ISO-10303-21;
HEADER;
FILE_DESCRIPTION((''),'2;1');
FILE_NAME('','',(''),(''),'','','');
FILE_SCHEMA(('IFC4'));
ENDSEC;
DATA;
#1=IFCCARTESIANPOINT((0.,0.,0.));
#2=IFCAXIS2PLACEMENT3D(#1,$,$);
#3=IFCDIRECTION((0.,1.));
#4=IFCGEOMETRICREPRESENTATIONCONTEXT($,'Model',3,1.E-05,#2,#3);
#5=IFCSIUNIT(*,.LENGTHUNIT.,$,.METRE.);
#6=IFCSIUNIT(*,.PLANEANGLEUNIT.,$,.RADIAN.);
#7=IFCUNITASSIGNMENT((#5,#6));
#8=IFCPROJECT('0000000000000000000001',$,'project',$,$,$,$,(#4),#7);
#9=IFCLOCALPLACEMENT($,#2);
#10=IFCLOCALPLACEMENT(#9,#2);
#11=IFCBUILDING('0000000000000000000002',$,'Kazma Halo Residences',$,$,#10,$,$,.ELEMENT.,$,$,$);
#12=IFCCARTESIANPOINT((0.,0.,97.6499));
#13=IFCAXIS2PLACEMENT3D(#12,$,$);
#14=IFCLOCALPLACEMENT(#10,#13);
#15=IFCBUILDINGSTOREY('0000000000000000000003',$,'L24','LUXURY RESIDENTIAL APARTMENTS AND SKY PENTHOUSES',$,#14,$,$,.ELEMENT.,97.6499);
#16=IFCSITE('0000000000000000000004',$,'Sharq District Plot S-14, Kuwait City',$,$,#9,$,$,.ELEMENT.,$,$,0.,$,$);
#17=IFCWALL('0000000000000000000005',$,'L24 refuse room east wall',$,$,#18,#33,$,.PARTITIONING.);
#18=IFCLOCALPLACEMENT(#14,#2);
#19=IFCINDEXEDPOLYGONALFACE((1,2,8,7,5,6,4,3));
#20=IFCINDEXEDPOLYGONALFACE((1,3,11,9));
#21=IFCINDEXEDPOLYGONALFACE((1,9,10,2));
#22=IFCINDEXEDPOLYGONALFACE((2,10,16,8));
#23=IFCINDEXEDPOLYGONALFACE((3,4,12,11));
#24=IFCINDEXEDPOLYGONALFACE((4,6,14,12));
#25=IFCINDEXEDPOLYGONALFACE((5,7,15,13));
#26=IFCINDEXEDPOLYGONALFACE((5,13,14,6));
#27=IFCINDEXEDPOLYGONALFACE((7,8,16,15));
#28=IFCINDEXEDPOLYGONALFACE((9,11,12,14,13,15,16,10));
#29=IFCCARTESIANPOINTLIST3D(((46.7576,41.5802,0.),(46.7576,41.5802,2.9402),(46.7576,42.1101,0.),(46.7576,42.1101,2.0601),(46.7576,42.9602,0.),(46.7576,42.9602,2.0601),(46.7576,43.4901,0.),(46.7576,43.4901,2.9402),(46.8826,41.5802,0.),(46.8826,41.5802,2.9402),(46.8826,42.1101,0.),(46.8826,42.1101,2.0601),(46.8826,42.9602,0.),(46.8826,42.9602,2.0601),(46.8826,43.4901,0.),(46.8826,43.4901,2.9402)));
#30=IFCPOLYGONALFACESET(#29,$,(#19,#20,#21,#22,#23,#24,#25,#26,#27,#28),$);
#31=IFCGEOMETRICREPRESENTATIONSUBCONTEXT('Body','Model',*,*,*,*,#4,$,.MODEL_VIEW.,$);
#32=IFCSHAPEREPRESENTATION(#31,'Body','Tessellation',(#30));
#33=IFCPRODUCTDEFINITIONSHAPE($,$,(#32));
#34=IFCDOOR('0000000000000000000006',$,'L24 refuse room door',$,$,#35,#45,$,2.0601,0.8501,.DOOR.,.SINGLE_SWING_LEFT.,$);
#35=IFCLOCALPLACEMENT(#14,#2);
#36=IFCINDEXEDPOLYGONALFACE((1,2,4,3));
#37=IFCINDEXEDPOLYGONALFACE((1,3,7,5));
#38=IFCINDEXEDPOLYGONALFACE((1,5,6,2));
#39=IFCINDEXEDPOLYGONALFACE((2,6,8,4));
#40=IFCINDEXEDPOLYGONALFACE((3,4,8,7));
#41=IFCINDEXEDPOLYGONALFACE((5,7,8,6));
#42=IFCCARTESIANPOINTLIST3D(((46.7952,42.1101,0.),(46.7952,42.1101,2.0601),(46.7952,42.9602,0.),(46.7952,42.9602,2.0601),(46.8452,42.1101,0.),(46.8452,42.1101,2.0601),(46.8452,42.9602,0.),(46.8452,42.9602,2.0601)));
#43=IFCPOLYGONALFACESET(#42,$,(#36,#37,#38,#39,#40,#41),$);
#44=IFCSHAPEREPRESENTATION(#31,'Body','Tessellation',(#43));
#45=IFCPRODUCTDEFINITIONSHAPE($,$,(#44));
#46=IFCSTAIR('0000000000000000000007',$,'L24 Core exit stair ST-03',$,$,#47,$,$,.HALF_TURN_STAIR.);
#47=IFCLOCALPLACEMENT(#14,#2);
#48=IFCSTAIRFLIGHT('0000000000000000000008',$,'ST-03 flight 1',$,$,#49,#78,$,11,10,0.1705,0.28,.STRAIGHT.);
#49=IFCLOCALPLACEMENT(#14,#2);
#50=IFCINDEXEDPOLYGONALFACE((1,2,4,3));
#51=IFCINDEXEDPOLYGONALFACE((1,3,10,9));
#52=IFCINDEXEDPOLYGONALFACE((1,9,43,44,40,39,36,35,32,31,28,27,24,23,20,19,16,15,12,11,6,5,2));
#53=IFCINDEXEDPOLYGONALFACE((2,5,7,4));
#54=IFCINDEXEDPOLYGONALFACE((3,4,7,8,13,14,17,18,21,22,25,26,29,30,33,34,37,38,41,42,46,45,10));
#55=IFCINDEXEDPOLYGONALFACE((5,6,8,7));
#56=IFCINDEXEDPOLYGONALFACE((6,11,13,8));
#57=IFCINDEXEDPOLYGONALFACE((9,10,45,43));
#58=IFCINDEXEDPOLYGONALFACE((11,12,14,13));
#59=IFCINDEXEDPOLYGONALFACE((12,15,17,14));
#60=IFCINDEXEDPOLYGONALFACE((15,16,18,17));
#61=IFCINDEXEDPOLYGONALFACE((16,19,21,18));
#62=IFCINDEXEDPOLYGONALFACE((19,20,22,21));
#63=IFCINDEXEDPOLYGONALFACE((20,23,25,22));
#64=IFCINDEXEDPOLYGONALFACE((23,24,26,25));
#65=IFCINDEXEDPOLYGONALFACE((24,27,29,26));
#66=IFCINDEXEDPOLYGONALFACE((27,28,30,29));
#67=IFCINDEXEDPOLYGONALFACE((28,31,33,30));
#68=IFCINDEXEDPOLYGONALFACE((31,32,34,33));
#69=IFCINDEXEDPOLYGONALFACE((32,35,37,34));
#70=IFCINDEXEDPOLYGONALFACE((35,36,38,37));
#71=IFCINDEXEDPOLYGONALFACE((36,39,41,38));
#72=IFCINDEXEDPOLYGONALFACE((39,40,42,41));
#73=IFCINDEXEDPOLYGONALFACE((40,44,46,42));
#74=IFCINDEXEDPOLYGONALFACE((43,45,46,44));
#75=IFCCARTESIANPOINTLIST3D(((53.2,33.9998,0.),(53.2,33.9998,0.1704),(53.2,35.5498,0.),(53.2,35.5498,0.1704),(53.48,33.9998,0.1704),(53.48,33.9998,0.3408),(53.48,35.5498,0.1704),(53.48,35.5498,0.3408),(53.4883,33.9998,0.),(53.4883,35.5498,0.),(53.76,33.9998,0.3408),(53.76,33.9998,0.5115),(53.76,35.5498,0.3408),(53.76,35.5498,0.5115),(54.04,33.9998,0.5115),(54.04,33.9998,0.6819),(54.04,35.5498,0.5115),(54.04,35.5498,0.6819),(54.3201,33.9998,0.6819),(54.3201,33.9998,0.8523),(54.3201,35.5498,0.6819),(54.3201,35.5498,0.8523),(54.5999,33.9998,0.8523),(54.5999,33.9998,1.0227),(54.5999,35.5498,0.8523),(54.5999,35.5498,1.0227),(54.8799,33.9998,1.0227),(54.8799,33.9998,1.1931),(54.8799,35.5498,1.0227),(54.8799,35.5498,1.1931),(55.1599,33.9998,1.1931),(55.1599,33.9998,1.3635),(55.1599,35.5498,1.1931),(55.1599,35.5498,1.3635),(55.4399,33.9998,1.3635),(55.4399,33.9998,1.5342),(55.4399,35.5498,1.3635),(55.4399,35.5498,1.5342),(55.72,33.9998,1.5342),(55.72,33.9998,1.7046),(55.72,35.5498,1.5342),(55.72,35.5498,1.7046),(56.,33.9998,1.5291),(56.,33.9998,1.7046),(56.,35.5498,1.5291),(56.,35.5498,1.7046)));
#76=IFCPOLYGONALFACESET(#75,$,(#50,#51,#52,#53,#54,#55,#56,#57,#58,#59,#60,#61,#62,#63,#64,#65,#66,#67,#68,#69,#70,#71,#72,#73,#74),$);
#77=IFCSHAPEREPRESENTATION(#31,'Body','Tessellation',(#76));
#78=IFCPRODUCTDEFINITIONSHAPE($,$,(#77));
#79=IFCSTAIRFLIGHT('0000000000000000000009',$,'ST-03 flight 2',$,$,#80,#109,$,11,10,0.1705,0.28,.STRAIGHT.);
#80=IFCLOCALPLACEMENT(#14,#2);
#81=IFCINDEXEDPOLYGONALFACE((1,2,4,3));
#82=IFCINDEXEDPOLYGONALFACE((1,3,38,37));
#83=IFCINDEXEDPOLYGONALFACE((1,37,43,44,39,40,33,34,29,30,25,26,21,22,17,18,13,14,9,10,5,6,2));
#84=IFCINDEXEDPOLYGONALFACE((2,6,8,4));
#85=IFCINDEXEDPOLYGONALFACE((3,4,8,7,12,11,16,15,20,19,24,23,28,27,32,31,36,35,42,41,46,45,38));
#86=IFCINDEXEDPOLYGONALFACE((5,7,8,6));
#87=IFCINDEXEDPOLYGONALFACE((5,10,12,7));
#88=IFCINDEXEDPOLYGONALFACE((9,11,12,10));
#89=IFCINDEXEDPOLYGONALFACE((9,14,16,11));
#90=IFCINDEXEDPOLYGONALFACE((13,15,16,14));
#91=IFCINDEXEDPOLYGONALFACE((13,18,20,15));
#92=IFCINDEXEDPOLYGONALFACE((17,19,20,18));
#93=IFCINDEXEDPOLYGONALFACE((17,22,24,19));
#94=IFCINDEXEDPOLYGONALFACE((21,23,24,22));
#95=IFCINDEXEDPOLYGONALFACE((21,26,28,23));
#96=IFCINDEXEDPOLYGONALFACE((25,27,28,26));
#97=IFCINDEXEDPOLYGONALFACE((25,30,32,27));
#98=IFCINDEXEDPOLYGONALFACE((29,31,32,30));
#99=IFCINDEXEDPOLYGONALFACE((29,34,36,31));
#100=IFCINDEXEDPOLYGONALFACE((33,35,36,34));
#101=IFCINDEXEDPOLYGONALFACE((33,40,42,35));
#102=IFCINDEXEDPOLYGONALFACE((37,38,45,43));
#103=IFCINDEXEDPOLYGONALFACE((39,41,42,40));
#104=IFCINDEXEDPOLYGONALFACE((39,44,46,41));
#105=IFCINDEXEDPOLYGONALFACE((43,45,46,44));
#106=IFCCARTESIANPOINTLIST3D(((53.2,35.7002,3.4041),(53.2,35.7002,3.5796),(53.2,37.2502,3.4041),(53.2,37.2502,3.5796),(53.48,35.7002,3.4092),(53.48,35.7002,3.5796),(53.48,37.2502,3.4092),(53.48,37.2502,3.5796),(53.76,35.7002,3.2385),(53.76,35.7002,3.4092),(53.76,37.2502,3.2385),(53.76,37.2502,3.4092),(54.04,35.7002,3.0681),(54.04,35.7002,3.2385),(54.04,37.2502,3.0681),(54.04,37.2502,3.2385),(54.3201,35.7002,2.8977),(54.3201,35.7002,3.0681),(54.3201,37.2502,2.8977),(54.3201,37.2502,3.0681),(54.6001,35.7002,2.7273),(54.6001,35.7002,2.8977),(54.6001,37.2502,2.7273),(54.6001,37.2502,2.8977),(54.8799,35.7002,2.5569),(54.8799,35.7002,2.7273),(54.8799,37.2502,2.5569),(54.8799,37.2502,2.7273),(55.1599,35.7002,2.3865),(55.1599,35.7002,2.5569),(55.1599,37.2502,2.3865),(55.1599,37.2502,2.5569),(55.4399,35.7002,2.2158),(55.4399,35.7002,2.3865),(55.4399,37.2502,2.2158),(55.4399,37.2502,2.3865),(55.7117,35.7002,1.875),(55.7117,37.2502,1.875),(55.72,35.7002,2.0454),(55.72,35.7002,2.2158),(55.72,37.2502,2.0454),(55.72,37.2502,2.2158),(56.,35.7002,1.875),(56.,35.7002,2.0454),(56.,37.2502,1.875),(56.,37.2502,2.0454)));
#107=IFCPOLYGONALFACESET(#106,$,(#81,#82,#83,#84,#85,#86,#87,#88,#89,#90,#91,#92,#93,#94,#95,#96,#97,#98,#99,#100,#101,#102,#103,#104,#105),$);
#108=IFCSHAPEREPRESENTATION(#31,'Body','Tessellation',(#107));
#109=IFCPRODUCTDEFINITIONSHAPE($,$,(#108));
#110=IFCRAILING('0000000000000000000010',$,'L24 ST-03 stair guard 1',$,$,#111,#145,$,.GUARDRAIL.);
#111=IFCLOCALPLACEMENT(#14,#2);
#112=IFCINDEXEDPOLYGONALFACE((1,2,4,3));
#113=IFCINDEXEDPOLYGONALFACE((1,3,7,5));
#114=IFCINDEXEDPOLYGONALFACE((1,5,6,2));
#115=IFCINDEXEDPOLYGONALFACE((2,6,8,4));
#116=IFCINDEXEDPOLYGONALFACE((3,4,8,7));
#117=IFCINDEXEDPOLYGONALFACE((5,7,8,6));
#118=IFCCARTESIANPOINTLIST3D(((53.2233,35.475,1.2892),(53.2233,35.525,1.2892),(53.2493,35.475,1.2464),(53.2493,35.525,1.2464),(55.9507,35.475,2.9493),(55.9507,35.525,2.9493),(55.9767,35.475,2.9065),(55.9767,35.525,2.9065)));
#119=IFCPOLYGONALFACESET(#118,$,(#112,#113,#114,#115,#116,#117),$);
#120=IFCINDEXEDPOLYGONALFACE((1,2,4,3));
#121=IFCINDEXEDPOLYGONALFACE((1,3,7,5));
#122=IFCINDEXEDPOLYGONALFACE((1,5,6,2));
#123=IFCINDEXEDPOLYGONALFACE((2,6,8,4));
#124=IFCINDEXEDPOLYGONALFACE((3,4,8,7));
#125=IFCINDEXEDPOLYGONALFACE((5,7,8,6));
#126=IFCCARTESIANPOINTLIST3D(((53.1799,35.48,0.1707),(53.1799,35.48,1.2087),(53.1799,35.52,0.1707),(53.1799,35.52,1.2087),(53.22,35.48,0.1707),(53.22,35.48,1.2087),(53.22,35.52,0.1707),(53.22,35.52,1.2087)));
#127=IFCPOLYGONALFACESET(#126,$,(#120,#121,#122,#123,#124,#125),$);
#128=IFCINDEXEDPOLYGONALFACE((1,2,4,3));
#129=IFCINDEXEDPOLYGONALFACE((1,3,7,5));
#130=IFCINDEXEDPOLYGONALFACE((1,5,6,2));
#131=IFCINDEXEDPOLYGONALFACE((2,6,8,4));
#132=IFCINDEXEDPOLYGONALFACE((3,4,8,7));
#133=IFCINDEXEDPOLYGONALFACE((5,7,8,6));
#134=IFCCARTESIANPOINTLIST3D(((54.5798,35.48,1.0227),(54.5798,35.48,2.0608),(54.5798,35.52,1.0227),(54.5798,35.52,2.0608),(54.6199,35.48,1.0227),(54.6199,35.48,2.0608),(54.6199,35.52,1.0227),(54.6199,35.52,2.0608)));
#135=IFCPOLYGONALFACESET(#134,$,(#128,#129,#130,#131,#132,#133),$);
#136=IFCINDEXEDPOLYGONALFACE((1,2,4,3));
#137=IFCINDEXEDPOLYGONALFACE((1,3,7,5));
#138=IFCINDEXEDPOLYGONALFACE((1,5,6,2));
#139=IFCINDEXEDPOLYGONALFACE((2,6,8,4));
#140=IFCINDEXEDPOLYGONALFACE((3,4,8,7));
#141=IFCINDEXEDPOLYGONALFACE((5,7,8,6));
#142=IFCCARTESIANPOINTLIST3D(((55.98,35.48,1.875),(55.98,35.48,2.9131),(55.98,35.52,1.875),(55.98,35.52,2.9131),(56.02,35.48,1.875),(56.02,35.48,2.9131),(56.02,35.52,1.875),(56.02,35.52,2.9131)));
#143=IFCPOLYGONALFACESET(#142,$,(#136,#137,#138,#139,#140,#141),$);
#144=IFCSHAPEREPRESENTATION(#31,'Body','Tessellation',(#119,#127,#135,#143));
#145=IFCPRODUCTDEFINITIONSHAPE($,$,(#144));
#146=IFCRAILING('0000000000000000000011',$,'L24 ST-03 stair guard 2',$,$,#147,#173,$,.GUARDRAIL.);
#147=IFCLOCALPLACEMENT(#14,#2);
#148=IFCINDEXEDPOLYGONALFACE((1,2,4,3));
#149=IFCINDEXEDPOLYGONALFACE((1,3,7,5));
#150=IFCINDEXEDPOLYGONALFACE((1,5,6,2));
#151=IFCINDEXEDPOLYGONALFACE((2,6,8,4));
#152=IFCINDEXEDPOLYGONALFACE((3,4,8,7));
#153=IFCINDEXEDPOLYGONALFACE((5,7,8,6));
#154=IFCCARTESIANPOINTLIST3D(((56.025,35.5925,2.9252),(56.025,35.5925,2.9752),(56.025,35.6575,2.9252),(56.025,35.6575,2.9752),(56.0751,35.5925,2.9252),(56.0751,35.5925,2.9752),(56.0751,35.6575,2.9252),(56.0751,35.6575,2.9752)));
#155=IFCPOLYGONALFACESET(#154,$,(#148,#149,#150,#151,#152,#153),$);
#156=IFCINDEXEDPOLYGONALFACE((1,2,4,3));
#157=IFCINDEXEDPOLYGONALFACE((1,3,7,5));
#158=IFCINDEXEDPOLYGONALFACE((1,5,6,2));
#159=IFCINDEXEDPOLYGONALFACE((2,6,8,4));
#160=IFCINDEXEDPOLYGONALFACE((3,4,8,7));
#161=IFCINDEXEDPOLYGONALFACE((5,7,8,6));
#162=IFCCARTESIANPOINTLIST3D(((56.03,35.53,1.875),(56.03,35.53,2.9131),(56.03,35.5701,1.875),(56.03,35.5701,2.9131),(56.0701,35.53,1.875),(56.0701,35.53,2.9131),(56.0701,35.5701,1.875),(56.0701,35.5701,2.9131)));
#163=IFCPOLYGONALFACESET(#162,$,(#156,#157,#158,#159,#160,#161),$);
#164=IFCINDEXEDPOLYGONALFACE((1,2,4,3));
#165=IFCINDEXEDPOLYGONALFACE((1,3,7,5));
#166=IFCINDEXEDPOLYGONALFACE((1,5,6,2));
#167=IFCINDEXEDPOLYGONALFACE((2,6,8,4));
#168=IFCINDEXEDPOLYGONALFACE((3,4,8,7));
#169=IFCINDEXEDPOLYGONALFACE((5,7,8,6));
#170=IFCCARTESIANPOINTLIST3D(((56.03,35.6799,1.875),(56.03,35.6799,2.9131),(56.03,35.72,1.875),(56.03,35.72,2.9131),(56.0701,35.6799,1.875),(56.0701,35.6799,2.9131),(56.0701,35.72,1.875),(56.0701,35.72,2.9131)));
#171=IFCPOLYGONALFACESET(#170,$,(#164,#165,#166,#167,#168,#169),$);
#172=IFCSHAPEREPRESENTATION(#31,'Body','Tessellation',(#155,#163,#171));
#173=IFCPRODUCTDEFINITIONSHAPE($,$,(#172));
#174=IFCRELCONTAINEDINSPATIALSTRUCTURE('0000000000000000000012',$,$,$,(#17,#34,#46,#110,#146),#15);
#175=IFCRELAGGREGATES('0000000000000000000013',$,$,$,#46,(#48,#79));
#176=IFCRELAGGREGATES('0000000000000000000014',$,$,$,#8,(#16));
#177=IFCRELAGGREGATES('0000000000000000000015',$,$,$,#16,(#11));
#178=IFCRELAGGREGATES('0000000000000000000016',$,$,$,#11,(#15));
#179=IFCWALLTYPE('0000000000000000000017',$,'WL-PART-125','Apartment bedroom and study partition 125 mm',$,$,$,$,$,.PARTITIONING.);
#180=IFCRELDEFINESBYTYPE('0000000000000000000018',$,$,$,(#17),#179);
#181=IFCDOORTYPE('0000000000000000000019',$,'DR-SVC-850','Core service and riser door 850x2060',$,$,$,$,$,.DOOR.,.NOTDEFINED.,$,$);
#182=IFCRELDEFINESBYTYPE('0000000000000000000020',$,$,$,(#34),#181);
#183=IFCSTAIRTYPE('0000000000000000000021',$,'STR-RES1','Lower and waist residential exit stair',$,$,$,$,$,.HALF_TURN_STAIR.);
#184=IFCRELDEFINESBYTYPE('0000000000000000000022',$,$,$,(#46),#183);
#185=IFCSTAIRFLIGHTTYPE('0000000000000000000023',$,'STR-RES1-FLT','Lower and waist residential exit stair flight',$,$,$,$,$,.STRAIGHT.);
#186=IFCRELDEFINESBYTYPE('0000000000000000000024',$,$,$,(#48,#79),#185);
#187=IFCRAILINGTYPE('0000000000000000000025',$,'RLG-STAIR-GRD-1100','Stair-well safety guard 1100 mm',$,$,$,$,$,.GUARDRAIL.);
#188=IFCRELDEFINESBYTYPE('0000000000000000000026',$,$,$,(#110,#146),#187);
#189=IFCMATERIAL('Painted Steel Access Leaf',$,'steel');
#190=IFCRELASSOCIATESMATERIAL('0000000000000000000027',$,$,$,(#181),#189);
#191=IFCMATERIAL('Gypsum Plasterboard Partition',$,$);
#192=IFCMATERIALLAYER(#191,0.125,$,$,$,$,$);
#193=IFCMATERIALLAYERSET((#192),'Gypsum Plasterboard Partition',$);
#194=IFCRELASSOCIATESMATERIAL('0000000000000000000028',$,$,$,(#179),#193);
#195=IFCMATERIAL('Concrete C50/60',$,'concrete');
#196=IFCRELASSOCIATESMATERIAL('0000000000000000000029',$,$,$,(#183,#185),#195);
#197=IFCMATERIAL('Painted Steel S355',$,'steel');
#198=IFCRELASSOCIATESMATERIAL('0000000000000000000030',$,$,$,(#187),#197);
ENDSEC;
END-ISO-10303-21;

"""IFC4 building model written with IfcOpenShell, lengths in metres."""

from ifc_helpers import new_model, si_unit, direction, frame, frame_2d, origin, origin_2d, place, context, subcontext, project, spatial, polyline, rectangle, outline, extrude, material, layer, layer_set, type_object, element, fill, aggregate, save


model = new_model("IFC4")

# Units and contexts
model_context = context("Model", 3, precision=1e-05, world=origin(), true_north=direction((0.0, 1.0)))
body_context = subcontext(model_context, "Body", "Model", "MODEL_VIEW")
ifc_project = project(units=[si_unit("LENGTHUNIT", "METRE"), si_unit("PLANEANGLEUNIT", "RADIAN")], contexts=[model_context])

# Site, building, storey
site_placement = place(None, origin())
site = spatial("IfcSite", under=ifc_project, at=site_placement, Name="Sharq District Plot S-14, Kuwait City", CompositionType="ELEMENT", RefElevation=0.0)
building_placement = place(site_placement, origin())
building = spatial("IfcBuilding", under=site, at=building_placement, Name="Kazma Halo Residences", CompositionType="ELEMENT")
storey_placement = place(building_placement, frame((0.0, 0.0, 97.6499)))
storey = spatial("IfcBuildingStorey", under=building, at=storey_placement, Name="L24", Description="LUXURY RESIDENTIAL APARTMENTS AND SKY PENTHOUSES", CompositionType="ELEMENT", Elevation=97.6499)

# Shared definitions
ifc_material_1 = material(Name="Painted Steel Access Leaf", Category="steel")
door_type_1 = type_object("IfcDoorType", Name="DR-SVC-850", Description="Core service and riser door 850x2060", OperationType="NOTDEFINED", PredefinedType="DOOR", material=ifc_material_1)

# Shared definitions
ifc_material_2 = material(Name="Gypsum Plasterboard Partition")
ifc_layer_1 = layer(ifc_material_2, 0.125)
ifc_layer_set_1 = layer_set([ifc_layer_1], Name="Gypsum Plasterboard Partition")
wall_type_1 = type_object("IfcWallType", Name="WL-PART-125", Description="Apartment bedroom and study partition 125 mm", PredefinedType="PARTITIONING", material=ifc_layer_set_1)

# Wall, opening, door
wall_1_placement = place(storey_placement, frame((46.8201, 41.5801, 0.0), z_axis=(0.0, 0.0, 1.0), x_axis=(0.0, 1.0, 0.0)))
wall_1 = element("IfcWall", 1, at=wall_1_placement, inside=storey, type_object=wall_type_1, Name="L24 refuse room east wall", PredefinedType="PARTITIONING", context=body_context, shape_type="SweptSolid", body=[
    extrude(rectangle(XDim=1.9099, YDim=0.125, at=frame_2d((0.9551, 0.0))), origin(), (0.0, 0.0, 1.0), 2.9402),
])
opening_1_placement = place(wall_1_placement, frame((0.53, 0.0, 0.0)))
opening_1 = element("IfcOpeningElement", 2, at=opening_1_placement, cuts=wall_1, PredefinedType="OPENING", context=body_context, shape_type="SweptSolid", body=[
    extrude(rectangle(XDim=0.8501, YDim=2.0601, at=frame_2d((0.425, 1.03))), frame((0.0, 0.0725, 0.0), z_axis=(0.0, -1.0, 0.0), x_axis=(1.0, 0.0, 0.0)), (0.0, 0.0, 1.0), 0.145),
])
door_1_placement = place(opening_1_placement, origin())
door_1 = element("IfcDoor", 3, at=door_1_placement, inside=storey, type_object=door_type_1, Name="L24 refuse room door", OperationType="SINGLE_SWING_LEFT", OverallHeight=2.0601, OverallWidth=0.8501, PredefinedType="DOOR", context=body_context, shape_type="SweptSolid", body=[
    extrude(rectangle(XDim=0.8501, YDim=2.0601, at=frame_2d((0.425, 1.03))), frame((0.0, 0.0249, 0.0), z_axis=(0.0, -1.0, 0.0), x_axis=(1.0, 0.0, 0.0)), (0.0, 0.0, 1.0), 0.05),
])
fill(opening_1, door_1)
ifc_material_3 = material(Name="Concrete C50/60", Category="concrete")

# Stair, stair flights
stair_type = type_object("IfcStairType", Name="STR-RES1", Description="Lower and waist residential exit stair", PredefinedType="HALF_TURN_STAIR", material=ifc_material_3)
stair_placement = place(storey_placement, origin())
stair = element("IfcStair", 4, at=stair_placement, inside=storey, type_object=stair_type, Name="L24 Core exit stair ST-03", PredefinedType="HALF_TURN_STAIR")
stair_flight_type = type_object("IfcStairFlightType", Name="STR-RES1-FLT", Description="Lower and waist residential exit stair flight", PredefinedType="STRAIGHT", material=ifc_material_3)
stair_flight_1_placement = place(storey_placement, frame((53.2, 34.7749, 0.0), z_axis=(0.0, 0.0, 1.0), x_axis=(1.0, 0.0, 0.0)))
stair_flight_1 = element("IfcStairFlight", 5, at=stair_flight_1_placement, type_object=stair_flight_type, Name="ST-03 flight 1", NumberOfRisers=11, NumberOfTreads=10, PredefinedType="STRAIGHT", RiserHeight=0.1705, TreadLength=0.28, context=body_context, shape_type="SweptSolid", body=[
    extrude(outline(polyline([(0.0, 0.0), (0.0, 0.1704), (0.28, 0.1704), (0.28, 0.3408), (0.5601, 0.3408), (0.5601, 0.5115), (0.8401, 0.5115), (0.8401, 0.6819), (1.1201, 0.6819), (1.1201, 0.8523), (1.3999, 0.8523), (1.3999, 1.0227), (1.6799, 1.0227), (1.6799, 1.1931), (1.96, 1.1931), (1.96, 1.3635), (2.24, 1.3635), (2.24, 1.5342), (2.52, 1.5342), (2.52, 1.7046), (2.8, 1.7046), (2.8, 1.875), (2.8, 1.5291), (0.2883, 0.0), (0.0, 0.0)])), frame((0.0, 0.7749, 0.0), z_axis=(0.0, -1.0, 0.0), x_axis=(1.0, 0.0, 0.0)), (0.0, 0.0, 1.0), 1.55),
])
stair_flight_2_placement = place(storey_placement, frame((56.0, 36.4751, 1.875), z_axis=(0.0, 0.0, 1.0), x_axis=(-1.0, 0.0, 0.0)))
stair_flight_2 = element("IfcStairFlight", 6, at=stair_flight_2_placement, type_object=stair_flight_type, Name="ST-03 flight 2", NumberOfRisers=11, NumberOfTreads=10, PredefinedType="STRAIGHT", RiserHeight=0.1705, TreadLength=0.28, context=body_context, shape_type="SweptSolid", body=[
    extrude(outline(polyline([(0.0, 0.0), (0.0, 0.1704), (0.28, 0.1704), (0.28, 0.3408), (0.5601, 0.3408), (0.5601, 0.5115), (0.8401, 0.5115), (0.8401, 0.6819), (1.1201, 0.6819), (1.1201, 0.8523), (1.3999, 0.8523), (1.3999, 1.0227), (1.6799, 1.0227), (1.6799, 1.1931), (1.96, 1.1931), (1.96, 1.3635), (2.24, 1.3635), (2.24, 1.5342), (2.52, 1.5342), (2.52, 1.7046), (2.8, 1.7046), (2.8, 1.875), (2.8, 1.5291), (0.2883, 0.0), (0.0, 0.0)])), frame((0.0, 0.7749, 0.0), z_axis=(0.0, -1.0, 0.0), x_axis=(1.0, 0.0, 0.0)), (0.0, 0.0, 1.0), 1.55),
])
aggregate(stair, [stair_flight_1, stair_flight_2])

# Railings
ifc_material_4 = material(Name="Painted Steel S355", Category="steel")
railing_type_1 = type_object("IfcRailingType", Name="RLG-STAIR-GRD-1100", Description="Stair-well safety guard 1100 mm", PredefinedType="GUARDRAIL", material=ifc_material_4)
railing_1_placement = place(storey_placement, frame((53.2, 35.5, 0.1707)))
element("IfcRailing", 7, at=railing_1_placement, inside=storey, type_object=railing_type_1, Name="L24 ST-03 stair guard 1", PredefinedType="GUARDRAIL", context=body_context, shape_type="SweptSolid", body=[
    extrude(rectangle(XDim=0.05, YDim=0.05, at=origin_2d()), frame((0.0364, 0.0, 1.0972), z_axis=(0.854203, 0.0, 0.51994), x_axis=(0.0, 1.0, 0.0)), (0.0, 0.0, 1.0), 3.1929),
    extrude(rectangle(XDim=0.04, YDim=0.04, at=origin_2d()), origin(), (0.0, 0.0, 1.0), 1.0381),
    extrude(rectangle(XDim=0.04, YDim=0.04, at=origin_2d()), frame((1.3999, 0.0, 0.8521)), (0.0, 0.0, 1.0), 1.0381),
    extrude(rectangle(XDim=0.04, YDim=0.04, at=origin_2d()), frame((2.8, 0.0, 1.7043)), (0.0, 0.0, 1.0), 1.0381),
])
railing_2_placement = place(storey_placement, frame((56.05, 35.55, 1.875)))
element("IfcRailing", 8, at=railing_2_placement, inside=storey, type_object=railing_type_1, Name="L24 ST-03 stair guard 2", PredefinedType="GUARDRAIL", context=body_context, shape_type="SweptSolid", body=[
    extrude(rectangle(XDim=0.05, YDim=0.05, at=origin_2d()), frame((0.0, 0.0425, 1.0752), z_axis=(0.0, 1.0, 0.0), x_axis=(-1.0, 0.0, 0.0)), (0.0, 0.0, 1.0), 0.0649),
    extrude(rectangle(XDim=0.04, YDim=0.04, at=origin_2d()), origin(), (0.0, 0.0, 1.0), 1.0381),
    extrude(rectangle(XDim=0.04, YDim=0.04, at=origin_2d()), frame((0.0, 0.1499, 0.0)), (0.0, 0.0, 1.0), 1.0381),
])

save(model, "model.ifc")
